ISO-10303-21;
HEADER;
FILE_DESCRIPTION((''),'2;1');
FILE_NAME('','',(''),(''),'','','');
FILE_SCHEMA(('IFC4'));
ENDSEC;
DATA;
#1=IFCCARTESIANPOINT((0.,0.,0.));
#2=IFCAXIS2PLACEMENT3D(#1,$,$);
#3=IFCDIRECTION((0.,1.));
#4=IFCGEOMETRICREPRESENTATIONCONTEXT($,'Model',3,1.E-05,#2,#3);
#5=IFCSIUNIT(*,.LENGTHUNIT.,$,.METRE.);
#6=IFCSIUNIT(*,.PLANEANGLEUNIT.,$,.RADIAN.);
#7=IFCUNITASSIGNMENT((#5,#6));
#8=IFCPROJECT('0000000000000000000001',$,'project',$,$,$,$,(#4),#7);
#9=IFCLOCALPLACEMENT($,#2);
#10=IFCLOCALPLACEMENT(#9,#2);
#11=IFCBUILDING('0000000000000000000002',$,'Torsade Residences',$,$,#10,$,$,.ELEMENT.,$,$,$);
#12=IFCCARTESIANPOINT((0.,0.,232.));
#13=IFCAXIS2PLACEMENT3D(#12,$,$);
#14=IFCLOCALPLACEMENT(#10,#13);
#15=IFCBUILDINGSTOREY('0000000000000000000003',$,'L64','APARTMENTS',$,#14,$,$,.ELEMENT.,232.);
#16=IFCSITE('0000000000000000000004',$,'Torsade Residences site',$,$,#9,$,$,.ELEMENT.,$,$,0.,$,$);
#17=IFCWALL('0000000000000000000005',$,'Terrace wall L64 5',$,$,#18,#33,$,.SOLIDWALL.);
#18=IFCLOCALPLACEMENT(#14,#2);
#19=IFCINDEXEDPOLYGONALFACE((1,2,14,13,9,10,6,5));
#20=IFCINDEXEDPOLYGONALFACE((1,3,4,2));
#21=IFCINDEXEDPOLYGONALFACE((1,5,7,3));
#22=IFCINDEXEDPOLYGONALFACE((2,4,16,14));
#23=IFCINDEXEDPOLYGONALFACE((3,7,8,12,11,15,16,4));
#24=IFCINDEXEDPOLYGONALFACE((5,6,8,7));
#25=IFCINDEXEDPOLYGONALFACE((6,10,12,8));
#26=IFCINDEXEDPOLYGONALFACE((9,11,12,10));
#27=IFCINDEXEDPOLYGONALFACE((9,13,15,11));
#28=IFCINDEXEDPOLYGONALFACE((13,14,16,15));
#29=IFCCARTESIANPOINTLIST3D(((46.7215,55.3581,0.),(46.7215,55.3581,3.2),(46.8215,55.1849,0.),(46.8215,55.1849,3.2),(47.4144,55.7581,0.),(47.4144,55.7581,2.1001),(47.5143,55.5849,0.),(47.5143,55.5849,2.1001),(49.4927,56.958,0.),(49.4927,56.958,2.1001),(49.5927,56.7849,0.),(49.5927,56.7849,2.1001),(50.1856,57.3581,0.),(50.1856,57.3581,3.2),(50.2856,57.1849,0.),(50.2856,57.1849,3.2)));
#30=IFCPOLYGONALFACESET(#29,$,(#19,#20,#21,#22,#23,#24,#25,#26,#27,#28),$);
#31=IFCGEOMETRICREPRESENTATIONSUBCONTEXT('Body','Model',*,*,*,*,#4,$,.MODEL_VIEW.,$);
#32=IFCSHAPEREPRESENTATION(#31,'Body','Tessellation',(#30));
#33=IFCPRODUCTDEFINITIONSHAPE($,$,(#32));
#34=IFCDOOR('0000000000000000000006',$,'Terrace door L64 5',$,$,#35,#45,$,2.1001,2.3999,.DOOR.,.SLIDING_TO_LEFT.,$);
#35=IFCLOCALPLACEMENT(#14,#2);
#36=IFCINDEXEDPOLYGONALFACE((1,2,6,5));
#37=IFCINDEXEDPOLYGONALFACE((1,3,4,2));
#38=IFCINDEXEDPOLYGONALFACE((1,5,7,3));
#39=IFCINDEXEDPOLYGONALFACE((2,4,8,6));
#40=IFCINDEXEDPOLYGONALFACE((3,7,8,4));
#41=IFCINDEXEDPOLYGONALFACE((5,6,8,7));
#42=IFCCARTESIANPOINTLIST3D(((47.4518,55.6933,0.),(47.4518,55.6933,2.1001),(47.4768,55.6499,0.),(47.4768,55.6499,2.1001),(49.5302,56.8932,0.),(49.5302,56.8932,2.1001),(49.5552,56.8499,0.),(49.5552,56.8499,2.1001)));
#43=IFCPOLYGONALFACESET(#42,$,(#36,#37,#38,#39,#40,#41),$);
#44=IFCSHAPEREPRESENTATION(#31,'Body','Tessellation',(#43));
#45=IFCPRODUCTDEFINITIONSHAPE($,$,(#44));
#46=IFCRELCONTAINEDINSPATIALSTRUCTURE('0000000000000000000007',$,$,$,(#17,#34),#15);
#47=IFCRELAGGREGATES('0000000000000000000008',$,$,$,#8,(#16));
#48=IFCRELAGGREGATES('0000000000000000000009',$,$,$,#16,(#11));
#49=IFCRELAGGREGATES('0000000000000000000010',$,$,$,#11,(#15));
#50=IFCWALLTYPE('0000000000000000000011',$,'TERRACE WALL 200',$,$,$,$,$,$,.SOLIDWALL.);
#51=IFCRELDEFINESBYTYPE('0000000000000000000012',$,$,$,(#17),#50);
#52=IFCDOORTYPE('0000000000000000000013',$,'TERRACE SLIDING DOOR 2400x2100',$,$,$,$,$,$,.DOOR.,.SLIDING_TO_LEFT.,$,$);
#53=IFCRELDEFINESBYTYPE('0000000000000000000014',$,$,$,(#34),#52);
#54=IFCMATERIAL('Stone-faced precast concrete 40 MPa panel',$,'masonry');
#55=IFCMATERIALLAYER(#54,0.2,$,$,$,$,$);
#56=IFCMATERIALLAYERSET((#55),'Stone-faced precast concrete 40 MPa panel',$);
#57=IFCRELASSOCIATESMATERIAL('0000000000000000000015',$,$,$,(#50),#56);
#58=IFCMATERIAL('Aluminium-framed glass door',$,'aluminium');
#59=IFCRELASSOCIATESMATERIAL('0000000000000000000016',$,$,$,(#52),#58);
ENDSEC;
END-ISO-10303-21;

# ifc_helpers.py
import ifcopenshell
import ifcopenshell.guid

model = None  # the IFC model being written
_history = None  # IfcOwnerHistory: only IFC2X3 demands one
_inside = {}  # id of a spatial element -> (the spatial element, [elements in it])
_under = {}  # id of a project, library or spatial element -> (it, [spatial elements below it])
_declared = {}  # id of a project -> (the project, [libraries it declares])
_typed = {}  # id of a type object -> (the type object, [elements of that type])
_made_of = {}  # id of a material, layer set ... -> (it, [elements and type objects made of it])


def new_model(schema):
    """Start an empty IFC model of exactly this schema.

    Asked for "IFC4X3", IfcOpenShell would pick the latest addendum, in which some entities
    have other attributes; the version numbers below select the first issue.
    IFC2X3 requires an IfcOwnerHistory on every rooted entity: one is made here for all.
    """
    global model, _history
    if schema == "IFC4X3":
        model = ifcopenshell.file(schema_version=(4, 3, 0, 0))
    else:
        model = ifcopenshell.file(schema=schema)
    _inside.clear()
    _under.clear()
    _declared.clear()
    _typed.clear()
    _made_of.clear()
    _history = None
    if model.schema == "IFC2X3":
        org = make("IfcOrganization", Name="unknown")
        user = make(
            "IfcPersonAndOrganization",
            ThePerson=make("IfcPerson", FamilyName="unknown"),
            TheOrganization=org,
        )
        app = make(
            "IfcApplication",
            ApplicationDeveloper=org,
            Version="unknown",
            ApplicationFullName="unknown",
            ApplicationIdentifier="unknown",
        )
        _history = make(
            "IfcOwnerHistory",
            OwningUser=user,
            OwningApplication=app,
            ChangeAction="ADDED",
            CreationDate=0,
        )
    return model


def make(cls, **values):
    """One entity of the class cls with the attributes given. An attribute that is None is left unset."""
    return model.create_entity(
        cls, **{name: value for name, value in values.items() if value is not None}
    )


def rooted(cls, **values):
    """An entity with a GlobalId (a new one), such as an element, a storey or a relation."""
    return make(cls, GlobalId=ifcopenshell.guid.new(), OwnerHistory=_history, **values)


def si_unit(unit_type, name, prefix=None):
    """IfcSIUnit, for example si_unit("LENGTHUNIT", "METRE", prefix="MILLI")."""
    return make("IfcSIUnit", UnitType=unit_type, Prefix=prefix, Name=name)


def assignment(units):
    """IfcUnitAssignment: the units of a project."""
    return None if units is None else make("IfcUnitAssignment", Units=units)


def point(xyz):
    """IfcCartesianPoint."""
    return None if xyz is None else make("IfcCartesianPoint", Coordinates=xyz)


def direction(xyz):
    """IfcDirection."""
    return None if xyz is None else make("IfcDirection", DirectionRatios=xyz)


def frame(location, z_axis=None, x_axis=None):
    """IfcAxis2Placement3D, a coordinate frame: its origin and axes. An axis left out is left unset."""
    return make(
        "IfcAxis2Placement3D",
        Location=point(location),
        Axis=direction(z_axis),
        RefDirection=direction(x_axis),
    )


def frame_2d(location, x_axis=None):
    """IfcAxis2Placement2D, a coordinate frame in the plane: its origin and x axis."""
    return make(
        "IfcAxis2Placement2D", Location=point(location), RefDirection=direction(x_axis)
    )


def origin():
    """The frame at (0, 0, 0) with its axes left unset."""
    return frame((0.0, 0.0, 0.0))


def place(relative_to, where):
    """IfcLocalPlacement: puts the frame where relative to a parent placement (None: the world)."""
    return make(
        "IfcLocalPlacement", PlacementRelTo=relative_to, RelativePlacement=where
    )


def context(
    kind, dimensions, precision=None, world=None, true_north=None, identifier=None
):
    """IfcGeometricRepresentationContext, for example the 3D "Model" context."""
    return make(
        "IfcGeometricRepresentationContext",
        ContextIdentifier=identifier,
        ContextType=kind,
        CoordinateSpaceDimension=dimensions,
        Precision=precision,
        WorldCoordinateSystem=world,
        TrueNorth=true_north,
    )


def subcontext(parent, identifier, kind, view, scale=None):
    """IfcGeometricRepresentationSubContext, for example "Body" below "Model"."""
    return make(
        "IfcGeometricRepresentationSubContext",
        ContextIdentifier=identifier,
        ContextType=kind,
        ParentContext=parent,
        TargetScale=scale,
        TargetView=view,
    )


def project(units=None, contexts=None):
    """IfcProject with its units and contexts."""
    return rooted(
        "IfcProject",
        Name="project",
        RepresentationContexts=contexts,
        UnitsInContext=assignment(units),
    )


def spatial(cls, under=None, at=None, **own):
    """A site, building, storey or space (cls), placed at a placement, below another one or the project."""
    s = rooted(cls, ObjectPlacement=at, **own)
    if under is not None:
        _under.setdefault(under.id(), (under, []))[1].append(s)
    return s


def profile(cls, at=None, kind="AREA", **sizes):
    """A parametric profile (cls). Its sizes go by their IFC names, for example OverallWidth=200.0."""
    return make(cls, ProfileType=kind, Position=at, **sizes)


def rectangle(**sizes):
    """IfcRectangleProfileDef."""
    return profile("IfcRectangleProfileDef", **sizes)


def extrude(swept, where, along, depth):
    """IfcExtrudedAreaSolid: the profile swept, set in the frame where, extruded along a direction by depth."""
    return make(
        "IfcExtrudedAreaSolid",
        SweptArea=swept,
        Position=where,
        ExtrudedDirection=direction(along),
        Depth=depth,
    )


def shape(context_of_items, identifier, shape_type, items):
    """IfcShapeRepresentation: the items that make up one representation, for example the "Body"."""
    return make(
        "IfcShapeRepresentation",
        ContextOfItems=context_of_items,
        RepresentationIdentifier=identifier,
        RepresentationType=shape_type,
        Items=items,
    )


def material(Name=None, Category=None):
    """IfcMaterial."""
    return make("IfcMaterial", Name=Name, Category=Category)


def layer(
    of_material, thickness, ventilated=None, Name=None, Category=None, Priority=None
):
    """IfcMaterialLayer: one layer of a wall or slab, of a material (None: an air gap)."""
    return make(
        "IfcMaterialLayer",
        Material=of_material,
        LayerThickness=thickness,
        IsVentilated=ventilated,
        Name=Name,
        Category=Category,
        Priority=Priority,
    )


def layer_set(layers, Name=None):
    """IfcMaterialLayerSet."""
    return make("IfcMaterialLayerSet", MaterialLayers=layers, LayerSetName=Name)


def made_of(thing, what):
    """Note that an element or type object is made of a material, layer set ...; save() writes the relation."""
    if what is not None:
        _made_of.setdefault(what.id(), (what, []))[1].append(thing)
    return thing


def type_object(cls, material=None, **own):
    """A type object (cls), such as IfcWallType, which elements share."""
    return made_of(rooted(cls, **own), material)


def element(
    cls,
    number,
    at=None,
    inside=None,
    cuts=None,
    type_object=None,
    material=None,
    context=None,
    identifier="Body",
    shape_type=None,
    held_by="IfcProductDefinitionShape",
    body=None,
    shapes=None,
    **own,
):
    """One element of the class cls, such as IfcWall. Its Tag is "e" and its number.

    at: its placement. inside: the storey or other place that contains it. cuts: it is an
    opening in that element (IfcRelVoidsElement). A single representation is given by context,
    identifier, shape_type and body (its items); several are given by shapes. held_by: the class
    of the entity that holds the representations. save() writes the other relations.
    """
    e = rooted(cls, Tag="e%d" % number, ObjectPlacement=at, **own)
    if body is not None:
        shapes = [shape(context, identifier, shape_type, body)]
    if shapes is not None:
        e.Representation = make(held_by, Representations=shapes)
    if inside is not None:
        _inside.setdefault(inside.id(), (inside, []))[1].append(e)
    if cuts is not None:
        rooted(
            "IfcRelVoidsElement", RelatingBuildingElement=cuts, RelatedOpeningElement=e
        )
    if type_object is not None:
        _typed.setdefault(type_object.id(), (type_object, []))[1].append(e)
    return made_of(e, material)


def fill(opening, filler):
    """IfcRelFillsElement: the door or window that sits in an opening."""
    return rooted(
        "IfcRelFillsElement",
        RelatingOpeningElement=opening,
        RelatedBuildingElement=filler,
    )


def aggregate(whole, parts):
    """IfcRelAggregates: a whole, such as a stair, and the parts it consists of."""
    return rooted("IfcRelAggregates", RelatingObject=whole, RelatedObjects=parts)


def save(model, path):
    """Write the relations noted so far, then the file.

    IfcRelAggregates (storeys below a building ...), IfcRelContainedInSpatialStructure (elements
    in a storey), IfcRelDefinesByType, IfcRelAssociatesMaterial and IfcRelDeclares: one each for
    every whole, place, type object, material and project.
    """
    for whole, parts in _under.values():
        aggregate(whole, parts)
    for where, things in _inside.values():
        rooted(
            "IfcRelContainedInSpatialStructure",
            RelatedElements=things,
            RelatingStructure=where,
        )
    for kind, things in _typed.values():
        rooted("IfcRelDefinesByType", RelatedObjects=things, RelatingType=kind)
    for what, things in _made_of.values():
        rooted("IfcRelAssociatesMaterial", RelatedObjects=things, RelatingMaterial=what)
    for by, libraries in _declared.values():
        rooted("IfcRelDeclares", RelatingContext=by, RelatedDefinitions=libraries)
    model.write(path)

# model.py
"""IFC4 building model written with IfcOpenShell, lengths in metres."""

from ifc_helpers import new_model, si_unit, direction, frame, frame_2d, origin, place, context, subcontext, project, spatial, rectangle, extrude, material, layer, layer_set, type_object, element, fill, save


model = new_model("IFC4")

# Units and contexts
model_context = context("Model", 3, precision=1e-05, world=origin(), true_north=direction((0.0, 1.0)))
body_context = subcontext(model_context, "Body", "Model", "MODEL_VIEW")
ifc_project = project(units=[si_unit("LENGTHUNIT", "METRE"), si_unit("PLANEANGLEUNIT", "RADIAN")], contexts=[model_context])

# Site, building, storey
site_placement = place(None, origin())
site = spatial("IfcSite", under=ifc_project, at=site_placement, Name="Torsade Residences site", CompositionType="ELEMENT", RefElevation=0.0)
building_placement = place(site_placement, origin())
building = spatial("IfcBuilding", under=site, at=building_placement, Name="Torsade Residences", CompositionType="ELEMENT")
storey_placement = place(building_placement, frame((0.0, 0.0, 232.0)))
storey = spatial("IfcBuildingStorey", under=building, at=storey_placement, Name="L64", Description="APARTMENTS", CompositionType="ELEMENT", Elevation=232.0)

# Wall, opening, door
ifc_material_1 = material(Name="Stone-faced precast concrete 40 MPa panel", Category="masonry")
ifc_layer_1 = layer(ifc_material_1, 0.2)
ifc_layer_set_1 = layer_set([ifc_layer_1], Name="Stone-faced precast concrete 40 MPa panel")
wall_type_1 = type_object("IfcWallType", Name="TERRACE WALL 200", PredefinedType="SOLIDWALL", material=ifc_layer_set_1)
wall_1_placement = place(storey_placement, frame((50.2356, 57.2715, 0.0), z_axis=(0.0, 0.0, 1.0), x_axis=(-0.866026, -0.499999, 0.0)))
wall_1 = element("IfcWall", 1, at=wall_1_placement, inside=storey, type_object=wall_type_1, Name="Terrace wall L64 5", PredefinedType="SOLIDWALL", context=body_context, shape_type="SweptSolid", body=[
    extrude(rectangle(XDim=4.0, YDim=0.2, at=frame_2d((2.0, 0.0))), origin(), (0.0, 0.0, 1.0), 3.2),
])
opening_1_placement = place(wall_1_placement, frame((0.8, 0.0, 0.0)))
opening_1 = element("IfcOpeningElement", 2, at=opening_1_placement, cuts=wall_1, PredefinedType="OPENING", context=body_context, shape_type="SweptSolid", body=[
    extrude(rectangle(XDim=2.3999, YDim=2.1001, at=frame_2d((1.2, 1.05))), frame((0.0, 0.1099, 0.0), z_axis=(0.0, -1.0, 0.0), x_axis=(1.0, 0.0, 0.0)), (0.0, 0.0, 1.0), 0.22),
])
ifc_material_2 = material(Name="Aluminium-framed glass door", Category="aluminium")
door_type_1 = type_object("IfcDoorType", Name="TERRACE SLIDING DOOR 2400x2100", OperationType="SLIDING_TO_LEFT", PredefinedType="DOOR", material=ifc_material_2)
door_1_placement = place(opening_1_placement, origin())
door_1 = element("IfcDoor", 3, at=door_1_placement, inside=storey, type_object=door_type_1, Name="Terrace door L64 5", OperationType="SLIDING_TO_LEFT", OverallHeight=2.1001, OverallWidth=2.3999, PredefinedType="DOOR", context=body_context, shape_type="SweptSolid", body=[
    extrude(rectangle(XDim=2.3999, YDim=2.1001, at=frame_2d((1.2, 1.05))), frame((0.0, 0.0249, 0.0), z_axis=(0.0, -1.0, 0.0), x_axis=(1.0, 0.0, 0.0)), (0.0, 0.0, 1.0), 0.05),
])
fill(opening_1, door_1)

save(model, "model.ifc")
